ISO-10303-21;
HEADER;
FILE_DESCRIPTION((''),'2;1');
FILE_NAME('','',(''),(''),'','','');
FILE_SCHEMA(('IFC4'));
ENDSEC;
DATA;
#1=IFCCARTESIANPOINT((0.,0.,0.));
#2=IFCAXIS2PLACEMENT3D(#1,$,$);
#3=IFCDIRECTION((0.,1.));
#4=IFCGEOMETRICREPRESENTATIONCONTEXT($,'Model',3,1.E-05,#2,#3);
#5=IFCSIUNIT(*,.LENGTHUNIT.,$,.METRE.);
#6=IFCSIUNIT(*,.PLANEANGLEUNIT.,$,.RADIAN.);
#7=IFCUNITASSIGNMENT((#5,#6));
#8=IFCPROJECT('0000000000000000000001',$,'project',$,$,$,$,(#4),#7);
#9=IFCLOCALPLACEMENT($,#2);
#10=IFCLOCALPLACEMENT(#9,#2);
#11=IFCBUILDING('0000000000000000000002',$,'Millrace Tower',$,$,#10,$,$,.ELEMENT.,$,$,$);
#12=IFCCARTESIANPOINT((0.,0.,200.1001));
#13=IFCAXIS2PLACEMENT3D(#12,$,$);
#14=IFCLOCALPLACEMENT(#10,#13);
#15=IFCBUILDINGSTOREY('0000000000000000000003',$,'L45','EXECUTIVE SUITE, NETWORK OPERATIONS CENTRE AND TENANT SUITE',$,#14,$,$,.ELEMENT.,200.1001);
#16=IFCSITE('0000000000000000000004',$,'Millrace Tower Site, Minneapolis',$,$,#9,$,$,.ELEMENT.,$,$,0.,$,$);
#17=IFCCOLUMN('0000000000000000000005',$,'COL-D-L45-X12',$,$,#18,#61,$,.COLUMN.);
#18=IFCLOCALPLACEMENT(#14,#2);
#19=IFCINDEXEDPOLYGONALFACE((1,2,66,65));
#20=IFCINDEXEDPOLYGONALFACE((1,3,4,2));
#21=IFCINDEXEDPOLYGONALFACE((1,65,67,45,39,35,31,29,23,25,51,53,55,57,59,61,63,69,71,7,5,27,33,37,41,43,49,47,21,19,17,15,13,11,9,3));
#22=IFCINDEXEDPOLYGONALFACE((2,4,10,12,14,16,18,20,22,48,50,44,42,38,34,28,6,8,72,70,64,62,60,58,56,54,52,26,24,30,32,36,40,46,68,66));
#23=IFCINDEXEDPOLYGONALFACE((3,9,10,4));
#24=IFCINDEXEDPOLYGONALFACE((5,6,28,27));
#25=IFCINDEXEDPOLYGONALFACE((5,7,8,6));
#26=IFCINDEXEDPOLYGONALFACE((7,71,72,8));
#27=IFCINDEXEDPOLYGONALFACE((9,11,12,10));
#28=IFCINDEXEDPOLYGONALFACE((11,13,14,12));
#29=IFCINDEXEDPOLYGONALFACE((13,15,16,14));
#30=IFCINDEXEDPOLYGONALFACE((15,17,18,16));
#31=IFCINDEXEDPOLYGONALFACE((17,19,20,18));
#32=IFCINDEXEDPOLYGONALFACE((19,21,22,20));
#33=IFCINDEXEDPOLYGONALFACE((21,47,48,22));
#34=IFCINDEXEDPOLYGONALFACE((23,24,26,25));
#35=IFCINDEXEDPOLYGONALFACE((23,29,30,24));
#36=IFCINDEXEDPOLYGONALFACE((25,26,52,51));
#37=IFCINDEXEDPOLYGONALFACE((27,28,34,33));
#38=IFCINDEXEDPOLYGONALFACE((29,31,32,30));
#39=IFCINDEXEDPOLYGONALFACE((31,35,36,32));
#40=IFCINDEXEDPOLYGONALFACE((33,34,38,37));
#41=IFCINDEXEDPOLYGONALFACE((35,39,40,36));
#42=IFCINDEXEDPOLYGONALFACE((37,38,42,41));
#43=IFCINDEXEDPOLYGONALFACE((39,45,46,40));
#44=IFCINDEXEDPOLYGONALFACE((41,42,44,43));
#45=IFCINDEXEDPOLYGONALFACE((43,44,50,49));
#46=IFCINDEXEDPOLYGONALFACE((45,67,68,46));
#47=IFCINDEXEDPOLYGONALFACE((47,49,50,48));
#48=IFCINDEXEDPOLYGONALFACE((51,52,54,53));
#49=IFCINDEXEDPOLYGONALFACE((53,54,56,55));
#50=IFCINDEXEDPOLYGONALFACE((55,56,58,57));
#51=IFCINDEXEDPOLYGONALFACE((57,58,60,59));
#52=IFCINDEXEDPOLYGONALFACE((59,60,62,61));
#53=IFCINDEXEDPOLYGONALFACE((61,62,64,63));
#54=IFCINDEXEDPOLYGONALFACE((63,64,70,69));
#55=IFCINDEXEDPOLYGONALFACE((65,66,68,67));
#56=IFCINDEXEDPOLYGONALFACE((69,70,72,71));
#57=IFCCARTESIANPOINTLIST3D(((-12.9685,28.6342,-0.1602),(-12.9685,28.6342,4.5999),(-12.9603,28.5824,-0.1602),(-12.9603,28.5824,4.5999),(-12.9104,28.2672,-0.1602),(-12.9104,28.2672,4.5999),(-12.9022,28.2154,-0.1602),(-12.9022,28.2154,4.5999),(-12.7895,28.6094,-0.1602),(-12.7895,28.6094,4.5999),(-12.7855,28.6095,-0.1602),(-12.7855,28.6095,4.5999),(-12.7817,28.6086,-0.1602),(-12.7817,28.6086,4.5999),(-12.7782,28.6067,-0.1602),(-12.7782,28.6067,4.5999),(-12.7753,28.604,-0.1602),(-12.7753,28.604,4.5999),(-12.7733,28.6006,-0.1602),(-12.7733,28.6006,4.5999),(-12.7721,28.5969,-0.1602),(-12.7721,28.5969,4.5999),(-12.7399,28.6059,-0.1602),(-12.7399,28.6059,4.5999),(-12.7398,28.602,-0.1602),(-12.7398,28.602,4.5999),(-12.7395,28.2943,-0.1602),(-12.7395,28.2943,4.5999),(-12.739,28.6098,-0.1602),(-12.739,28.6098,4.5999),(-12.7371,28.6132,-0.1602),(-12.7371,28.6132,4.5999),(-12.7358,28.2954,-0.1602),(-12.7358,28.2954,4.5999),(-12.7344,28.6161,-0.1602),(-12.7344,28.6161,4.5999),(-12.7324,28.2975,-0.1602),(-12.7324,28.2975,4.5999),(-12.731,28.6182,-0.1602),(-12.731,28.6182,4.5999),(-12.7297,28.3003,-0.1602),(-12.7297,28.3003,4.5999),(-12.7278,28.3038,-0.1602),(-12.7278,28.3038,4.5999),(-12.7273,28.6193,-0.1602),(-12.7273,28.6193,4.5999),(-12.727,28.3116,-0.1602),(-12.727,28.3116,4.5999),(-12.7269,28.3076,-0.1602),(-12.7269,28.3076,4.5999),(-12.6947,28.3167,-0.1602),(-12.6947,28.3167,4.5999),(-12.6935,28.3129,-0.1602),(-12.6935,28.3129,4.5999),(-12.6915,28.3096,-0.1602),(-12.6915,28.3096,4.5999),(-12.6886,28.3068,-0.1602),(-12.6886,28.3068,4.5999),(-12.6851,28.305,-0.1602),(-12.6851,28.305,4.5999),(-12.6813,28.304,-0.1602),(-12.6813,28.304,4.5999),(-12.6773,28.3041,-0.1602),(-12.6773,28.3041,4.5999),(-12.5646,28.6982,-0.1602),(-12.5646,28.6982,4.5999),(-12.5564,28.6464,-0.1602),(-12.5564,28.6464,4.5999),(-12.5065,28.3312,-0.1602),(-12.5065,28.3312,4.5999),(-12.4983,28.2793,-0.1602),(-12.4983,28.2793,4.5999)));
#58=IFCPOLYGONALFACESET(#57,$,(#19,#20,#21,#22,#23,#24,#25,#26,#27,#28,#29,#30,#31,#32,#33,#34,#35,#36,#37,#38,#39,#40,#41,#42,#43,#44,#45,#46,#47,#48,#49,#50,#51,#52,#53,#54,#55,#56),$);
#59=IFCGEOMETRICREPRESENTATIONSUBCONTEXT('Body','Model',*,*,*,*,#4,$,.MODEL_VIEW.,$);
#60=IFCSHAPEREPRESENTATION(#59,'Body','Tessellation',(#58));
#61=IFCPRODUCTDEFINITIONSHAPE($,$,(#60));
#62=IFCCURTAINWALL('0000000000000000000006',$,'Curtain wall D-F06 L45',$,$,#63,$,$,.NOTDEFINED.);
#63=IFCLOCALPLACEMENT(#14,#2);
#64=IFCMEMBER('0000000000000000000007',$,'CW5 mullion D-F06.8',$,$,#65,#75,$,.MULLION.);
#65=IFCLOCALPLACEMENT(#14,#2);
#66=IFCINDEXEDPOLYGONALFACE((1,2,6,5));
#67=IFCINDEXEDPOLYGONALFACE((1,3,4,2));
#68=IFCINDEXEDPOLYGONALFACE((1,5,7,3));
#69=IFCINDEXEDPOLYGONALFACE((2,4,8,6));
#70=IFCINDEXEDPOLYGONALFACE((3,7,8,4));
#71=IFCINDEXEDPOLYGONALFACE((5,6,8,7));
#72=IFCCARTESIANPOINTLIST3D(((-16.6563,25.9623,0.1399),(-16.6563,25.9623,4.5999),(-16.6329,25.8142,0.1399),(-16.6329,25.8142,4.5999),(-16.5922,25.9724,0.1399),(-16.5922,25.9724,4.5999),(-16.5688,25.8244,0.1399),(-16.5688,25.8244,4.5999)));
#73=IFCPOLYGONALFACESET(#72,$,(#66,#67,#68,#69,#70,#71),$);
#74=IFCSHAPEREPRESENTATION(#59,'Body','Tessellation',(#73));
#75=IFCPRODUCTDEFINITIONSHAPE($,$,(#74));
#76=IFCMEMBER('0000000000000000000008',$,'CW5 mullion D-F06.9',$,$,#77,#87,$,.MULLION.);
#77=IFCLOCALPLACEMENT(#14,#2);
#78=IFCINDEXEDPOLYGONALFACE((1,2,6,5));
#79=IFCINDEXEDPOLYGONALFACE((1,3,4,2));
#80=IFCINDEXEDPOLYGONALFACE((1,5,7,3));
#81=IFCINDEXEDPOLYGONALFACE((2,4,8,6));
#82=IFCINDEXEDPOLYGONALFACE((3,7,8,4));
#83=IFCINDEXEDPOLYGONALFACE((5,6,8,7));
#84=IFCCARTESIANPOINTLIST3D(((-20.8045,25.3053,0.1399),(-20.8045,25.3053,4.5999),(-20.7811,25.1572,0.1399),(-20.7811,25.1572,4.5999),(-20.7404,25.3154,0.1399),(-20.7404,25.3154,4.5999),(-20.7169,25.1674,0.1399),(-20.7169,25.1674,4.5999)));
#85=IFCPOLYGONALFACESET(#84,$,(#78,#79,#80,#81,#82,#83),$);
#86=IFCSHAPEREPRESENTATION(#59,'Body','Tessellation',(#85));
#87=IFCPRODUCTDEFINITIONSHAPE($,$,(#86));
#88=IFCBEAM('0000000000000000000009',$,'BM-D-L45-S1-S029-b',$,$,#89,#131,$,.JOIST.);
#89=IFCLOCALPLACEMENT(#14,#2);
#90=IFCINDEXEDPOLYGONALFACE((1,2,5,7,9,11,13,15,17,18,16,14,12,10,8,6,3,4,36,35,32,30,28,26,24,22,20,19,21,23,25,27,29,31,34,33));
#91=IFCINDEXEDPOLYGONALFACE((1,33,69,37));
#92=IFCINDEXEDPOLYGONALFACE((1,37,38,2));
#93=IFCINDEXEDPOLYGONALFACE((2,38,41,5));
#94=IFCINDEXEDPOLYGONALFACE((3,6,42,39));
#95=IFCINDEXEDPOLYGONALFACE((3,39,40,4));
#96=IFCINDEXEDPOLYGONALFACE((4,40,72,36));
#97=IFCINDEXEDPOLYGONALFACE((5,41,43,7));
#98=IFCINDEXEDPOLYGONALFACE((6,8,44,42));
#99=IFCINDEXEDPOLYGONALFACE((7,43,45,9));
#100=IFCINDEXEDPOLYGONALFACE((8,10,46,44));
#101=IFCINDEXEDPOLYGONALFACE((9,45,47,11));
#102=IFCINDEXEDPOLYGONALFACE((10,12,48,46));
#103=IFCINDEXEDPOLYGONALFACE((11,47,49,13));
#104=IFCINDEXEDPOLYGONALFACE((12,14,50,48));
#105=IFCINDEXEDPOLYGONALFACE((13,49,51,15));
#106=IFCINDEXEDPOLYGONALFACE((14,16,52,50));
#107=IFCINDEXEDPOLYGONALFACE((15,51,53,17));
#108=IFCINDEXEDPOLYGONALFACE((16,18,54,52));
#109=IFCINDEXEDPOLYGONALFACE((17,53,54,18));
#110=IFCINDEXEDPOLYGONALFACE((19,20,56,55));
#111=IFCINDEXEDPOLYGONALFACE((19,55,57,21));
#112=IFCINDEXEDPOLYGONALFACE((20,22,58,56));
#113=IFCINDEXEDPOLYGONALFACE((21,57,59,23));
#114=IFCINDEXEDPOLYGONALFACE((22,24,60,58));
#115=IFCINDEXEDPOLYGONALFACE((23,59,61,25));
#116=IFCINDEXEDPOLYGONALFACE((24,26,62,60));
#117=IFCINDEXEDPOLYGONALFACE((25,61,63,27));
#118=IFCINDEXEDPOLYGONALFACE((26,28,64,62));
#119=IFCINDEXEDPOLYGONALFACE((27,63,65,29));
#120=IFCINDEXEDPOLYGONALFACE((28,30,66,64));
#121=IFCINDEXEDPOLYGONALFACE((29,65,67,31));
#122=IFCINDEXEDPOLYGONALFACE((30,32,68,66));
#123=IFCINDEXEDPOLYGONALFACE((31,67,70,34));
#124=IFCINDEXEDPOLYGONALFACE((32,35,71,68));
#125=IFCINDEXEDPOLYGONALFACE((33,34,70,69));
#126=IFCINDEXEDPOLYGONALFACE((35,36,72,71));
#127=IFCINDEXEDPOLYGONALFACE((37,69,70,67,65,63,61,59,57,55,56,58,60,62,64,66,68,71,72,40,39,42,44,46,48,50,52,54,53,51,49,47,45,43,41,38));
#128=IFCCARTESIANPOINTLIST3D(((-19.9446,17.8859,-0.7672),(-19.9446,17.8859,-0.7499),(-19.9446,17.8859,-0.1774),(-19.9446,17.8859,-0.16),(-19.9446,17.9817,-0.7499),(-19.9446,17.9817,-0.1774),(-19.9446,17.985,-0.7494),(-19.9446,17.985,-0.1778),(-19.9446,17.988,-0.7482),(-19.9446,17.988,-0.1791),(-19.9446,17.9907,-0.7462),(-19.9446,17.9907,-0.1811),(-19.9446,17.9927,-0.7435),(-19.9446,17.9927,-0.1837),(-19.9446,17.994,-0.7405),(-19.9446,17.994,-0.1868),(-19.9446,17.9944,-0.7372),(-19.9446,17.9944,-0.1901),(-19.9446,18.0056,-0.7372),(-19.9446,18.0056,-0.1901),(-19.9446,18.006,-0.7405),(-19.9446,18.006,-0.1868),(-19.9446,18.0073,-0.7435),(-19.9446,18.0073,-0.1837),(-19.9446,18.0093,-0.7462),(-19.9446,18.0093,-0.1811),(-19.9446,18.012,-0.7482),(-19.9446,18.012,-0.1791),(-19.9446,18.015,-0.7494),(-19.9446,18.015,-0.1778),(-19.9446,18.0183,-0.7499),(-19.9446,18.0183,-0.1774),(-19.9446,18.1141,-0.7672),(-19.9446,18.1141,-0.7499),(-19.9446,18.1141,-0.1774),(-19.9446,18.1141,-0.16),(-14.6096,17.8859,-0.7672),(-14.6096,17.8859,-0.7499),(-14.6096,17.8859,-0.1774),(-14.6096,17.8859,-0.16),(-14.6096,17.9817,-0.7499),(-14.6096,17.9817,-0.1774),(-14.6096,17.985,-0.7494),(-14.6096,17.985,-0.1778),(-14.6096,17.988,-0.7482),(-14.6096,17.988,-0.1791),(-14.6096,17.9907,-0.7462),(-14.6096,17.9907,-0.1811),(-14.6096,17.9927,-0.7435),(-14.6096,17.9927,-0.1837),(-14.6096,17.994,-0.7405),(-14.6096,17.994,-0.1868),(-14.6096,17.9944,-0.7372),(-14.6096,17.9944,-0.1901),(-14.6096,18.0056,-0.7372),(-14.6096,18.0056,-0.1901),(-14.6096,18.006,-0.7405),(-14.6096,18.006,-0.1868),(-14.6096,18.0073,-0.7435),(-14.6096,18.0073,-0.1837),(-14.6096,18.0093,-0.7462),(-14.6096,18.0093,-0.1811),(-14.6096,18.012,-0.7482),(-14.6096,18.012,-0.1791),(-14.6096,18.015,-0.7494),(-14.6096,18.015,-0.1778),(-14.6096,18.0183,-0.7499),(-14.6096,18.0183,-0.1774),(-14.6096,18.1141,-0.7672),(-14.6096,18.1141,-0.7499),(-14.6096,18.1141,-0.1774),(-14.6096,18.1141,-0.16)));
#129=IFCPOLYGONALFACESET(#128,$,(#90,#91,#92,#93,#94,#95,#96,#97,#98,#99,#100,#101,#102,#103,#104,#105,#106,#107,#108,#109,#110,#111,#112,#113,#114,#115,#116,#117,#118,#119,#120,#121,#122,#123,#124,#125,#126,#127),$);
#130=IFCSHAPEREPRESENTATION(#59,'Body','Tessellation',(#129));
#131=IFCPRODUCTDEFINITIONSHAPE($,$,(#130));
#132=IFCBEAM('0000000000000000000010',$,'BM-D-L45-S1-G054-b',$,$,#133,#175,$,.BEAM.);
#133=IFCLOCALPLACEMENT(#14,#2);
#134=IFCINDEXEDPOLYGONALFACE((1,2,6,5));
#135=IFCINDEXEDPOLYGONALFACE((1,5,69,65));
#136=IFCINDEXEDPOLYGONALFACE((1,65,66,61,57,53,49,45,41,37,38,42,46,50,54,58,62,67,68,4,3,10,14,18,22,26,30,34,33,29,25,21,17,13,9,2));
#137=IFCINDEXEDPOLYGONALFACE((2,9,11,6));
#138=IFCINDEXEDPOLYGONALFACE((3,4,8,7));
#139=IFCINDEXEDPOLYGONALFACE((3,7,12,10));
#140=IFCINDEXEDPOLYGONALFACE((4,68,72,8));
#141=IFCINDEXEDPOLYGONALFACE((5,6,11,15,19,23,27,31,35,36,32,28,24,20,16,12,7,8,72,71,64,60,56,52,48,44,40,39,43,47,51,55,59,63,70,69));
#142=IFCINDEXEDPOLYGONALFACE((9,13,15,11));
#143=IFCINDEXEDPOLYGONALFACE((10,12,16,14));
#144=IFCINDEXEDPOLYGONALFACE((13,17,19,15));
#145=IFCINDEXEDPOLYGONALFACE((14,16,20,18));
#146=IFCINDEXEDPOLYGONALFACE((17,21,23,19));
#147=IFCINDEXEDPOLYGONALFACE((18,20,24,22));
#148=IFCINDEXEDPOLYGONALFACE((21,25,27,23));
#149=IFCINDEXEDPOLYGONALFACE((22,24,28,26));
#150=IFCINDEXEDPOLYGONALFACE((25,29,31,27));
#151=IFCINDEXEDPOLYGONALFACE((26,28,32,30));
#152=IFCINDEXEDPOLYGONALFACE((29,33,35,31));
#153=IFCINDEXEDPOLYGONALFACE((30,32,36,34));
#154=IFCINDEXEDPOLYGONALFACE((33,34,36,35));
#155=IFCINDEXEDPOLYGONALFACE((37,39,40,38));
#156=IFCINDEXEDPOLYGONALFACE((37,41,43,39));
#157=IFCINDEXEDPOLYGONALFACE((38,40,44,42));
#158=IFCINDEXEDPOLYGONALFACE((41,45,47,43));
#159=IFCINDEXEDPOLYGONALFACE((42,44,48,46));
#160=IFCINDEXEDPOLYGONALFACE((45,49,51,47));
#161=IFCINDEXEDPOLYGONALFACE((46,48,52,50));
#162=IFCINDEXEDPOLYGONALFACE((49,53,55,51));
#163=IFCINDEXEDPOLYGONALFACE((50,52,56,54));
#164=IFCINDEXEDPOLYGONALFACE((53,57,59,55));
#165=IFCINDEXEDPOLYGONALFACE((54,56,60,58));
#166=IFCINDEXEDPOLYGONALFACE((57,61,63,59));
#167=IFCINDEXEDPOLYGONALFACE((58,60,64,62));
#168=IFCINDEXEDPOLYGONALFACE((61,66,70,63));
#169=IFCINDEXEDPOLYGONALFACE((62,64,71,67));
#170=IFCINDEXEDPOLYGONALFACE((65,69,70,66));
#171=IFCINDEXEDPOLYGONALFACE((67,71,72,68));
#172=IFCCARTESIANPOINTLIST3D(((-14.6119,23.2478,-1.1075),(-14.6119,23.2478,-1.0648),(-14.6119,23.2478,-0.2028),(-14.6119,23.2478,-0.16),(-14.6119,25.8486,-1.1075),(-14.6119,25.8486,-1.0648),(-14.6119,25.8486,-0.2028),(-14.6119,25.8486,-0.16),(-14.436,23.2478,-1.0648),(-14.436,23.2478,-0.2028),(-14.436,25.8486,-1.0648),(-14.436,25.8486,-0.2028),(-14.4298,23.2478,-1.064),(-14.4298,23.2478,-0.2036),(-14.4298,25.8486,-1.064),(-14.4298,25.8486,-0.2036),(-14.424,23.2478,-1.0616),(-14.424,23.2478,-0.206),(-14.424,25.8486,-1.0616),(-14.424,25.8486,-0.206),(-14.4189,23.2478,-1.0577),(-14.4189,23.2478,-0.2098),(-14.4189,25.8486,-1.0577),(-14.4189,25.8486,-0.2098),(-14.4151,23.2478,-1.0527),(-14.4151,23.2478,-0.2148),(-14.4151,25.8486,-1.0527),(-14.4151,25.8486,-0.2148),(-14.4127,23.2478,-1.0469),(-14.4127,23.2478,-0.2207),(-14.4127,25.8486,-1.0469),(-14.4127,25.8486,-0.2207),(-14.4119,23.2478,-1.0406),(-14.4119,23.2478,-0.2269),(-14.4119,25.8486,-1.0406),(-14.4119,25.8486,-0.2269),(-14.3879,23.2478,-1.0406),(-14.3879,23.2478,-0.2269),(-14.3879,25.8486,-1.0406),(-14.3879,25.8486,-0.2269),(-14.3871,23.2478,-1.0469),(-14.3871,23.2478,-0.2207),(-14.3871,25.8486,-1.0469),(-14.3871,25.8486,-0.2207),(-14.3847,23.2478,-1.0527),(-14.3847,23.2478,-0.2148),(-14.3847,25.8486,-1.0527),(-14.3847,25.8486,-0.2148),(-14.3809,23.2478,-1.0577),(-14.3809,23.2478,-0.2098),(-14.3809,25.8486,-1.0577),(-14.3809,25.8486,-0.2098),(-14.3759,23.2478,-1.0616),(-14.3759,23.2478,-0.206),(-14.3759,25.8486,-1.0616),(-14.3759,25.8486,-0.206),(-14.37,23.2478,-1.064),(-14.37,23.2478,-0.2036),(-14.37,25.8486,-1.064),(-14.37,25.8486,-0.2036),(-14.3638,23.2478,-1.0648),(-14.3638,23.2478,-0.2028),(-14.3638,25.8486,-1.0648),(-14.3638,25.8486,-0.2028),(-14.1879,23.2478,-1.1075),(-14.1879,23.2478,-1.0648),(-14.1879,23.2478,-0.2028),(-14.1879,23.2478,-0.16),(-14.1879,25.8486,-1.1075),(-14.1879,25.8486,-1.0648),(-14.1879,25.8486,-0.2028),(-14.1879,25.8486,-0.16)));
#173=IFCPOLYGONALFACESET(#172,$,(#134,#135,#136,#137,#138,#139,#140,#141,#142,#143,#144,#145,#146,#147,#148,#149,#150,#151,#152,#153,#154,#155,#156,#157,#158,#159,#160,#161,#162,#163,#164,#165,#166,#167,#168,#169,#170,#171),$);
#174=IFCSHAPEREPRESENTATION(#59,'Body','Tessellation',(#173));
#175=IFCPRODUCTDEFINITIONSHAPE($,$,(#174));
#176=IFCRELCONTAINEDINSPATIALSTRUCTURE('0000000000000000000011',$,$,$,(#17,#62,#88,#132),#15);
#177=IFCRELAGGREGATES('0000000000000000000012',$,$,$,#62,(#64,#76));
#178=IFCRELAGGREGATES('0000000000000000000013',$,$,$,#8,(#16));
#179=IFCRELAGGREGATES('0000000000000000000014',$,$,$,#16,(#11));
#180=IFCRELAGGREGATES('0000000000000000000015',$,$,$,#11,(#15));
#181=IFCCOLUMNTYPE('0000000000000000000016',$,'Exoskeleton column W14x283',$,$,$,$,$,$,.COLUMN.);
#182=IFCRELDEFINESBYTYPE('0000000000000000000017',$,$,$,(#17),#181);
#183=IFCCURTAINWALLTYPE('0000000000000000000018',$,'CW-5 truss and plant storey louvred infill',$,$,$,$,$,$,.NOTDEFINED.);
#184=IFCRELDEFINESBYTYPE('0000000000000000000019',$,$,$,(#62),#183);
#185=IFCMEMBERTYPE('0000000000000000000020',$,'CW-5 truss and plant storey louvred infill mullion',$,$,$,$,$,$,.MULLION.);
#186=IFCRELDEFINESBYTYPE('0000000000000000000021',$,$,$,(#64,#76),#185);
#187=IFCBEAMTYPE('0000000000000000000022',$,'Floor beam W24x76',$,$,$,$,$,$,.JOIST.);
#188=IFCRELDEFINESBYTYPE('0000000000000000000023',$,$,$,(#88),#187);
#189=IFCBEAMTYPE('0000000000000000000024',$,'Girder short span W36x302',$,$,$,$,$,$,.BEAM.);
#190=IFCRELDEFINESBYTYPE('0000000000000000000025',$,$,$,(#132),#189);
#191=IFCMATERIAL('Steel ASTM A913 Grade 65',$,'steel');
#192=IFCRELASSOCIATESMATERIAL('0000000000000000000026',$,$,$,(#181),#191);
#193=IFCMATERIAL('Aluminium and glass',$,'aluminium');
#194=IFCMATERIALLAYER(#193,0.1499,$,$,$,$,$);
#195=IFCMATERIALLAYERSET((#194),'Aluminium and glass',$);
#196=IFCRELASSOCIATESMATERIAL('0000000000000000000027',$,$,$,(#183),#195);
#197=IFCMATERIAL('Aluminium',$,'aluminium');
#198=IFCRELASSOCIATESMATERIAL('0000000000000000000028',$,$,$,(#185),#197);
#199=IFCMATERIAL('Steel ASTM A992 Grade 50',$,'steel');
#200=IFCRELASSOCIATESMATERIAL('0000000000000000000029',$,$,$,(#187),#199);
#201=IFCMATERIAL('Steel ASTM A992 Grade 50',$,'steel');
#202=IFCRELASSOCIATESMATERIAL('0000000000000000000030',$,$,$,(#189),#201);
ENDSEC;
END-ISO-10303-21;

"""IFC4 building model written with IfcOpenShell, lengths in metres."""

from ifc_helpers import new_model, si_unit, direction, frame, origin, origin_2d, place, context, subcontext, project, spatial, rectangle, i_section, extrude, material, layer, layer_set, material_profile, profile_set, type_object, element, aggregate, save


model = new_model("IFC4")

# Units and contexts
model_context = context("Model", 3, precision=1e-05, world=origin(), true_north=direction((0.0, 1.0)))
body_context = subcontext(model_context, "Body", "Model", "MODEL_VIEW")
ifc_project = project(units=[si_unit("LENGTHUNIT", "METRE"), si_unit("PLANEANGLEUNIT", "RADIAN")], contexts=[model_context])

# Site, building, storey
site_placement = place(None, origin())
site = spatial("IfcSite", under=ifc_project, at=site_placement, Name="Millrace Tower Site, Minneapolis", CompositionType="ELEMENT", RefElevation=0.0)
building_placement = place(site_placement, origin())
building = spatial("IfcBuilding", under=site, at=building_placement, Name="Millrace Tower", CompositionType="ELEMENT")
storey_placement = place(building_placement, frame((0.0, 0.0, 200.1001)))
storey = spatial("IfcBuildingStorey", under=building, at=storey_placement, Name="L45", Description="EXECUTIVE SUITE, NETWORK OPERATIONS CENTRE AND TENANT SUITE", CompositionType="ELEMENT", Elevation=200.1001)

# Column
ifc_material_1 = material(Name="Steel ASTM A913 Grade 65", Category="steel")
ifc_material_profile_1 = material_profile(ifc_material_1, i_section(OverallWidth=0.4089, OverallDepth=0.4241, WebThickness=0.0327, FlangeThickness=0.0525, FilletRadius=0.0151, at=origin_2d()))
ifc_profile_set_1 = profile_set([ifc_material_profile_1], Name="Steel ASTM A913 Grade 65")
column_type = type_object("IfcColumnType", Name="Exoskeleton column W14x283", PredefinedType="COLUMN", material=ifc_profile_set_1)
column_placement = place(storey_placement, frame((-12.7334, 28.4568, -0.1602), z_axis=(0.0, 0.0, 1.0), x_axis=(-0.987688, -0.156434, 0.0)))
element("IfcColumn", 1, at=column_placement, inside=storey, type_object=column_type, Name="COL-D-L45-X12", PredefinedType="COLUMN", context=body_context, shape_type="SweptSolid", body=[
    extrude(i_section(OverallWidth=0.4089, OverallDepth=0.4241, WebThickness=0.0327, FlangeThickness=0.0525, FilletRadius=0.0151, at=origin_2d()), origin(), (0.0, 0.0, 1.0), 4.76),
])

# Curtain wall, members
ifc_material_2 = material(Name="Aluminium and glass", Category="aluminium")
ifc_layer_1 = layer(ifc_material_2, 0.1499)
ifc_layer_set_1 = layer_set([ifc_layer_1], Name="Aluminium and glass")
curtain_wall_type = type_object("IfcCurtainWallType", Name="CW-5 truss and plant storey louvred infill", PredefinedType="NOTDEFINED", material=ifc_layer_set_1)
curtain_wall_placement = place(storey_placement, origin())
curtain_wall = element("IfcCurtainWall", 2, at=curtain_wall_placement, inside=storey, type_object=curtain_wall_type, Name="Curtain wall D-F06 L45", PredefinedType="NOTDEFINED")
ifc_material_3 = material(Name="Aluminium", Category="aluminium")
ifc_material_profile_2 = material_profile(ifc_material_3, rectangle(XDim=0.0649, YDim=0.1499, at=origin_2d()))
ifc_profile_set_2 = profile_set([ifc_material_profile_2], Name="Aluminium")
member_type_1 = type_object("IfcMemberType", Name="CW-5 truss and plant storey louvred infill mullion", PredefinedType="MULLION", material=ifc_profile_set_2)
member_1_placement = place(storey_placement, frame((-16.6125, 25.8933, 0.1399), z_axis=(0.0, 0.0, 1.0), x_axis=(-0.987688, -0.156434, 0.0)))
member_1 = element("IfcMember", 3, at=member_1_placement, type_object=member_type_1, Name="CW5 mullion D-F06.8", PredefinedType="MULLION", context=body_context, shape_type="SweptSolid", body=[
    extrude(rectangle(XDim=0.0649, YDim=0.1499, at=origin_2d()), origin(), (0.0, 0.0, 1.0), 4.46),
])
member_2_placement = place(storey_placement, frame((-20.7607, 25.2363, 0.1399), z_axis=(0.0, 0.0, 1.0), x_axis=(-0.987688, -0.156434, 0.0)))
member_2 = element("IfcMember", 4, at=member_2_placement, type_object=member_type_1, Name="CW5 mullion D-F06.9", PredefinedType="MULLION", context=body_context, shape_type="SweptSolid", body=[
    extrude(rectangle(XDim=0.0649, YDim=0.1499, at=origin_2d()), origin(), (0.0, 0.0, 1.0), 4.46),
])
aggregate(curtain_wall, [member_1, member_2])

# Beams
ifc_material_4 = material(Name="Steel ASTM A992 Grade 50", Category="steel")
ifc_material_profile_3 = material_profile(ifc_material_4, i_section(OverallWidth=0.2283, OverallDepth=0.6072, WebThickness=0.0112, FlangeThickness=0.0173, FilletRadius=0.0127, at=origin_2d()))
ifc_profile_set_3 = profile_set([ifc_material_profile_3], Name="Steel ASTM A992 Grade 50")
beam_type_1 = type_object("IfcBeamType", Name="Floor beam W24x76", PredefinedType="JOIST", material=ifc_profile_set_3)
beam_1_placement = place(storey_placement, frame((-19.9446, 18.0, -0.4636), z_axis=(1.0, 0.0, 0.0), x_axis=(0.0, 1.0, 0.0)))
element("IfcBeam", 5, at=beam_1_placement, inside=storey, type_object=beam_type_1, Name="BM-D-L45-S1-S029-b", PredefinedType="JOIST", context=body_context, shape_type="SweptSolid", body=[
    extrude(i_section(OverallWidth=0.2283, OverallDepth=0.6072, WebThickness=0.0112, FlangeThickness=0.0173, FilletRadius=0.0127, at=origin_2d()), origin(), (0.0, 0.0, 1.0), 5.335),
])
ifc_material_5 = material(Name="Steel ASTM A992 Grade 50", Category="steel")
ifc_material_profile_4 = material_profile(ifc_material_5, i_section(OverallWidth=0.4241, OverallDepth=0.9475, WebThickness=0.0239, FlangeThickness=0.0427, FilletRadius=0.0242, at=origin_2d()))
ifc_profile_set_4 = profile_set([ifc_material_profile_4], Name="Steel ASTM A992 Grade 50")
beam_type_2 = type_object("IfcBeamType", Name="Girder short span W36x302", PredefinedType="BEAM", material=ifc_profile_set_4)
beam_2_placement = place(storey_placement, frame((-14.3999, 23.2478, -0.6338), z_axis=(0.0, 1.0, 0.0), x_axis=(-1.0, 0.0, 0.0)))
element("IfcBeam", 6, at=beam_2_placement, inside=storey, type_object=beam_type_2, Name="BM-D-L45-S1-G054-b", PredefinedType="BEAM", context=body_context, shape_type="SweptSolid", body=[
    extrude(i_section(OverallWidth=0.4241, OverallDepth=0.9475, WebThickness=0.0239, FlangeThickness=0.0427, FilletRadius=0.0242, at=origin_2d()), origin(), (0.0, 0.0, 1.0), 2.6008),
])

save(model, "model.ifc")
